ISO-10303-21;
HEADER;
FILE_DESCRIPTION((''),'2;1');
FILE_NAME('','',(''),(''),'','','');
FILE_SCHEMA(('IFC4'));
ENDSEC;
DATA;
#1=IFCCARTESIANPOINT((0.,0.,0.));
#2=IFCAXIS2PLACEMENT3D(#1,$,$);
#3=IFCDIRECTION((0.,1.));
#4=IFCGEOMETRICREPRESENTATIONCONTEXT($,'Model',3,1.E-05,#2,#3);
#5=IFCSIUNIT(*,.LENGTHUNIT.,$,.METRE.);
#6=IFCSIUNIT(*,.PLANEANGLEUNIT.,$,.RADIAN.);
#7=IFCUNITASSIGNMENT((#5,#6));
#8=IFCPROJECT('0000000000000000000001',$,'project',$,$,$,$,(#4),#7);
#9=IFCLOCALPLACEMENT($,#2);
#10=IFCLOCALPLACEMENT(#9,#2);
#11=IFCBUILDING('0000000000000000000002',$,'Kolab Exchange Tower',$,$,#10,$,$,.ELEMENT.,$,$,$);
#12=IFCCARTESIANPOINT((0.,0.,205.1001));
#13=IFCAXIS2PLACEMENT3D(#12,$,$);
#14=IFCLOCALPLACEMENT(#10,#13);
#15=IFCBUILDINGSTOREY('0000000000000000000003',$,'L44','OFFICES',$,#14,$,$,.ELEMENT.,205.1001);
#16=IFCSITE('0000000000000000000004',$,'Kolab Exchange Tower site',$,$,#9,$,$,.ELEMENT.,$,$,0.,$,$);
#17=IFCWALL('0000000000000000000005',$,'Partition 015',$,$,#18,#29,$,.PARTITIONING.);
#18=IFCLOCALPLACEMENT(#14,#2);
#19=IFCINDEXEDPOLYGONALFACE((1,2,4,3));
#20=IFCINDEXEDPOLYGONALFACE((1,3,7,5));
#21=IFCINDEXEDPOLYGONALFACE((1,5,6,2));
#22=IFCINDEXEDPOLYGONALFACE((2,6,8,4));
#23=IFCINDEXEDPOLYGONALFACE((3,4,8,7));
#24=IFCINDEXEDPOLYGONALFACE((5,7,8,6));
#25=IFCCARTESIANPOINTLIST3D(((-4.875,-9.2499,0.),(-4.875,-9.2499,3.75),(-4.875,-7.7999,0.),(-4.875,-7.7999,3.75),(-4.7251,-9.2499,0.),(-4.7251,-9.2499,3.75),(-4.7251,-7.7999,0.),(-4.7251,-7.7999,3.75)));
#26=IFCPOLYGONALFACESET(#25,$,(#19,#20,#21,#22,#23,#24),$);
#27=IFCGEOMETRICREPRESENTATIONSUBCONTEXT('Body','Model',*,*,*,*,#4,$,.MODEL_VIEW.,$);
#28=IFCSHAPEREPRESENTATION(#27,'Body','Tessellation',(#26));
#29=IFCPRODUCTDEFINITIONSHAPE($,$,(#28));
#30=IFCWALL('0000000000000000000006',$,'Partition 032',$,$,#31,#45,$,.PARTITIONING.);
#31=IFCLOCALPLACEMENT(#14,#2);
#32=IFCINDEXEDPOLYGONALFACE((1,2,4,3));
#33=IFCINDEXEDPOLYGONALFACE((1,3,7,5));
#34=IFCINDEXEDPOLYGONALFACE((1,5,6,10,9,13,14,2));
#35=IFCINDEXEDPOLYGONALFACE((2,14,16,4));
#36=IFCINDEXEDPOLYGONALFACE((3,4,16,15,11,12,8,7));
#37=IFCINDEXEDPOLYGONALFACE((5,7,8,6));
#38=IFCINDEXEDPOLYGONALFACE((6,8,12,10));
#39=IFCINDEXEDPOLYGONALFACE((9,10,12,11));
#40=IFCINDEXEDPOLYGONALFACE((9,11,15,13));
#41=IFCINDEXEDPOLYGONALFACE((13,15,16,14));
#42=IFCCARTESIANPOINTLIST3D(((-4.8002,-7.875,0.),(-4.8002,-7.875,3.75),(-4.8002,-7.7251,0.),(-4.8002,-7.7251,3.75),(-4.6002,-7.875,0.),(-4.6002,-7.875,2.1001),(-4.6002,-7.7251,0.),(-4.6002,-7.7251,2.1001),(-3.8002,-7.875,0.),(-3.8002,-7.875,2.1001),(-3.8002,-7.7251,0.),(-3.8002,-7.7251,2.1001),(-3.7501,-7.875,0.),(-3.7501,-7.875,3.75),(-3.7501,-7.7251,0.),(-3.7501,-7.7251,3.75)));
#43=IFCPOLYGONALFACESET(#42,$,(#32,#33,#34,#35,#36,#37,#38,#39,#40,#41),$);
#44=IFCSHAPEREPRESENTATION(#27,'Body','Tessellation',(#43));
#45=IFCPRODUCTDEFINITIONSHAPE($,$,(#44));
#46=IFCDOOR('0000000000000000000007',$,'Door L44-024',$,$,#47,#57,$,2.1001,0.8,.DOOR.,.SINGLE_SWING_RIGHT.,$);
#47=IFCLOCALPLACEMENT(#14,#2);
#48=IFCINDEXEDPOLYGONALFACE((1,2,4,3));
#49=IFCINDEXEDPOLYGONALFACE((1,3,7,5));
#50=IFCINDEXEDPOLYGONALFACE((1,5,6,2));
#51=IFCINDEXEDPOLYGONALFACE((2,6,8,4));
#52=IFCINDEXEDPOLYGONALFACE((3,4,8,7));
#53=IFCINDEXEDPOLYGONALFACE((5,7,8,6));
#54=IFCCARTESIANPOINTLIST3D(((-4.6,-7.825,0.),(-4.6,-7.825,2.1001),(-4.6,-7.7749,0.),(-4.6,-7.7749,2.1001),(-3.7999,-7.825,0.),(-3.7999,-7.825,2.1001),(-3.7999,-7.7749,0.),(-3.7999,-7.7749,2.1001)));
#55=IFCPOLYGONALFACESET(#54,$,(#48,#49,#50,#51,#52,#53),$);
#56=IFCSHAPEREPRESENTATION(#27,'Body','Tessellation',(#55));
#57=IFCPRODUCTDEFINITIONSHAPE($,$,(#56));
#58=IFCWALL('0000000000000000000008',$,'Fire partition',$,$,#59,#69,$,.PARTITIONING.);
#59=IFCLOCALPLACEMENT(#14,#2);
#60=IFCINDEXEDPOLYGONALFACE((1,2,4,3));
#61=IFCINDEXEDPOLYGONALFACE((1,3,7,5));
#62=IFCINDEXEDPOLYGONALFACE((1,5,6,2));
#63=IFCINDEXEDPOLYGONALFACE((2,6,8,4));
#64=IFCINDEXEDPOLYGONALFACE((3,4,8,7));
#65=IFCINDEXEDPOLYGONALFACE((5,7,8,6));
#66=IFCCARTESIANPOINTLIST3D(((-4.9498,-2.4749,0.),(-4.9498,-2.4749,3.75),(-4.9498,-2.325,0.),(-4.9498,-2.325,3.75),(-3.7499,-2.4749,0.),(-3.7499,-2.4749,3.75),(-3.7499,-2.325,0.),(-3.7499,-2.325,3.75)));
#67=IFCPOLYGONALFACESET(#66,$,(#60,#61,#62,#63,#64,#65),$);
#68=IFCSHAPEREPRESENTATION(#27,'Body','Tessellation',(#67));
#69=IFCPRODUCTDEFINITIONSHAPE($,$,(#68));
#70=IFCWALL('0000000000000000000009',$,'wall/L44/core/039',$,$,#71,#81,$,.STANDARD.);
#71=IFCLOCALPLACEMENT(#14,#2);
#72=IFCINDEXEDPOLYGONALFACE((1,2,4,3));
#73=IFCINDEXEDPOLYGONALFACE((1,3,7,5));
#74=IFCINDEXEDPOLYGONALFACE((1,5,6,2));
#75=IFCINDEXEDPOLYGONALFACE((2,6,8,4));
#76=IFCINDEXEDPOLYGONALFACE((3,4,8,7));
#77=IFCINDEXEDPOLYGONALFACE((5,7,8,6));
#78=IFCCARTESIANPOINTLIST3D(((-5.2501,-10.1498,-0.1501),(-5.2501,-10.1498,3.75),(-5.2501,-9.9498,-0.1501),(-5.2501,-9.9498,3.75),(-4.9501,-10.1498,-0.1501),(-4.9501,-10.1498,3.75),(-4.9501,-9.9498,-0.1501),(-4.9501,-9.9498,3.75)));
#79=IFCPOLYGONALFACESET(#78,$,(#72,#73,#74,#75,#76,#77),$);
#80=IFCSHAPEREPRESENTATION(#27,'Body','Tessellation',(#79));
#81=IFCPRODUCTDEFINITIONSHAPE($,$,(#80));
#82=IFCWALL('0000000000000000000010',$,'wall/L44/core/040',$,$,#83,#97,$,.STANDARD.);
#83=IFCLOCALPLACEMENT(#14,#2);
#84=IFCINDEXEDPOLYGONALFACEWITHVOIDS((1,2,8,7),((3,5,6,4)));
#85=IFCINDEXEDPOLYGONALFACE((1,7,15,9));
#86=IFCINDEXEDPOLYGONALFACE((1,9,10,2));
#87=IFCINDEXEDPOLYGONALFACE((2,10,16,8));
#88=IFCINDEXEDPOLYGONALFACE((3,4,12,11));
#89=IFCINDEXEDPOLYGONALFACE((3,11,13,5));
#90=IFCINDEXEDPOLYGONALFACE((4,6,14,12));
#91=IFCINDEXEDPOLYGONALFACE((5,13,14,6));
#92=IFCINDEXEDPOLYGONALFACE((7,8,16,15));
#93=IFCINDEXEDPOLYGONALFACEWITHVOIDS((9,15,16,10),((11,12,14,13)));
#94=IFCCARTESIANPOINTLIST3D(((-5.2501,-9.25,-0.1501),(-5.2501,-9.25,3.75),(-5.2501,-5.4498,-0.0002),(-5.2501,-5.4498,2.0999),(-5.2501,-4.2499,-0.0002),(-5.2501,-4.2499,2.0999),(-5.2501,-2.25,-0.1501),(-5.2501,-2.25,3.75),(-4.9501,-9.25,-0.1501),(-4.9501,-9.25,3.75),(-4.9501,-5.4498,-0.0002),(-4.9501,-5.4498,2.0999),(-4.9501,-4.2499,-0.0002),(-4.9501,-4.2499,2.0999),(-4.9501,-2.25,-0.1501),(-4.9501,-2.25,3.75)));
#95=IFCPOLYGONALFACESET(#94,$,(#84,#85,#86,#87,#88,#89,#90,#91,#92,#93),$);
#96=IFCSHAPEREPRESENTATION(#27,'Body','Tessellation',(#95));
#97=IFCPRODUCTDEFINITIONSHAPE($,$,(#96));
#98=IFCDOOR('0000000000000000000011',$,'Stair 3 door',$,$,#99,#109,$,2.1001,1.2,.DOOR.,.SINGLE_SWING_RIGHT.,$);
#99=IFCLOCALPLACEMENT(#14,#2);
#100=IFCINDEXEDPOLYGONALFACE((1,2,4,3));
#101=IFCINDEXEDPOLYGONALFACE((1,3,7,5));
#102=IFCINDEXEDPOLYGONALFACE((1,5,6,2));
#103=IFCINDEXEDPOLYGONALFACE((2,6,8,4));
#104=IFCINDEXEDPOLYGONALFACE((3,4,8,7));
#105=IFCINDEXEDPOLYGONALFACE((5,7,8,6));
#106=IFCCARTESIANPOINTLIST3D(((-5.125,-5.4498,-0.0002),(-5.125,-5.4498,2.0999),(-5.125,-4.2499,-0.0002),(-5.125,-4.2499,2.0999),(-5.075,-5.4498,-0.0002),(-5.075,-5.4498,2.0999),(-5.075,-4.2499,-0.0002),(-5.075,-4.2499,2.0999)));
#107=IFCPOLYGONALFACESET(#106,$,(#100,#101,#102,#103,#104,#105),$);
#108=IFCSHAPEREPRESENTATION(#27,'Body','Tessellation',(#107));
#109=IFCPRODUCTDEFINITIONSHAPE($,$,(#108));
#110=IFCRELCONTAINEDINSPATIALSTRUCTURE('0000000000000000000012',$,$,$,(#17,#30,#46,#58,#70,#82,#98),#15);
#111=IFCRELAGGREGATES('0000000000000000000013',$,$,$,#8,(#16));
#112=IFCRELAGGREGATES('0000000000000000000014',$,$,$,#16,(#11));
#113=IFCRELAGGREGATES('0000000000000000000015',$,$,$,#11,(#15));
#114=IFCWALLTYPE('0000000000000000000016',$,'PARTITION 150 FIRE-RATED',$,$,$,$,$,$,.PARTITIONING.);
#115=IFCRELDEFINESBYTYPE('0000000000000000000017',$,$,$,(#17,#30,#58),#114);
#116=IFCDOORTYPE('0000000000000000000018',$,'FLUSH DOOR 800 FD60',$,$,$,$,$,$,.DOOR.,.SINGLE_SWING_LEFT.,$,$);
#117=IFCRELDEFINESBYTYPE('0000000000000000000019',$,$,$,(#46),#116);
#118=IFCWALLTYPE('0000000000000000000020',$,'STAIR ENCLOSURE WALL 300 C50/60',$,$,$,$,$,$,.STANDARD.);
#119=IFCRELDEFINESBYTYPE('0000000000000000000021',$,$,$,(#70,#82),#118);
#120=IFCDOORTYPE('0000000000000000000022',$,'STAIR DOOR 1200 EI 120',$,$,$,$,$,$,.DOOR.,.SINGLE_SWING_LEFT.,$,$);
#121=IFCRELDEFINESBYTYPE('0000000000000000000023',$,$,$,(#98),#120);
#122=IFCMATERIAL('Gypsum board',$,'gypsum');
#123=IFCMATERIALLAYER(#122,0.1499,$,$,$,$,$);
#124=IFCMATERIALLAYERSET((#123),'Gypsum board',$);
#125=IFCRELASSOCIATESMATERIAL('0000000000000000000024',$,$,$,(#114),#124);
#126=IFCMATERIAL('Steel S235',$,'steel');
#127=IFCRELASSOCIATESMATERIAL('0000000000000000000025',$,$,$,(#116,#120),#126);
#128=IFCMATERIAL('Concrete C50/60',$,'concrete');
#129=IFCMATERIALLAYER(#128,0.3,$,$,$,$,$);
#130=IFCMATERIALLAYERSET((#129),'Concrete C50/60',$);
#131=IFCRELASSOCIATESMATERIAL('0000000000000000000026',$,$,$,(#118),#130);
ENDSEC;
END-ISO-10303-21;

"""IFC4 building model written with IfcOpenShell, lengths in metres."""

from ifc_helpers import new_model, si_unit, direction, frame, frame_2d, origin, place, context, subcontext, project, spatial, rectangle, extrude, material, layer, layer_set, type_object, element, fill, save


model = new_model("IFC4")

# Units and contexts
model_context = context("Model", 3, precision=1e-05, world=origin(), true_north=direction((0.0, 1.0)))
body_context = subcontext(model_context, "Body", "Model", "MODEL_VIEW")
ifc_project = project(units=[si_unit("LENGTHUNIT", "METRE"), si_unit("PLANEANGLEUNIT", "RADIAN")], contexts=[model_context])

# Site, building, storey
site_placement = place(None, origin())
site = spatial("IfcSite", under=ifc_project, at=site_placement, Name="Kolab Exchange Tower site", CompositionType="ELEMENT", RefElevation=0.0)
building_placement = place(site_placement, origin())
building = spatial("IfcBuilding", under=site, at=building_placement, Name="Kolab Exchange Tower", CompositionType="ELEMENT")
storey_placement = place(building_placement, frame((0.0, 0.0, 205.1001)))
storey = spatial("IfcBuildingStorey", under=building, at=storey_placement, Name="L44", Description="OFFICES", CompositionType="ELEMENT", Elevation=205.1001)

# Shared definitions
ifc_material_1 = material(Name="Concrete C50/60", Category="concrete")

# Wall
ifc_material_2 = material(Name="Gypsum board", Category="gypsum")
ifc_layer_1 = layer(ifc_material_2, 0.1499)
ifc_layer_set_1 = layer_set([ifc_layer_1], Name="Gypsum board")
wall_type_1 = type_object("IfcWallType", Name="PARTITION 150 FIRE-RATED", PredefinedType="PARTITIONING", material=ifc_layer_set_1)
wall_1_placement = place(storey_placement, frame((-4.8, -9.25, 0.0), z_axis=(0.0, 0.0, 1.0), x_axis=(0.0, 1.0, 0.0)))
element("IfcWall", 1, at=wall_1_placement, inside=storey, type_object=wall_type_1, Name="Partition 015", PredefinedType="PARTITIONING", context=body_context, shape_type="SweptSolid", body=[
    extrude(rectangle(XDim=1.45, YDim=0.1499, at=frame_2d((0.7251, 0.0))), origin(), (0.0, 0.0, 1.0), 3.75),
])

# Wall, opening, door
wall_2_placement = place(storey_placement, frame((-4.8, -7.8, 0.0), z_axis=(0.0, 0.0, 1.0), x_axis=(1.0, 0.0, 0.0)))
wall_2 = element("IfcWall", 2, at=wall_2_placement, inside=storey, type_object=wall_type_1, Name="Partition 032", PredefinedType="PARTITIONING", context=body_context, shape_type="SweptSolid", body=[
    extrude(rectangle(XDim=1.05, YDim=0.1499, at=frame_2d((0.5249, 0.0))), origin(), (0.0, 0.0, 1.0), 3.75),
])
opening_1_placement = place(wall_2_placement, frame((0.2, 0.0, 0.0)))
opening_1 = element("IfcOpeningElement", 3, at=opening_1_placement, cuts=wall_2, PredefinedType="OPENING", context=body_context, shape_type="SweptSolid", body=[
    extrude(rectangle(XDim=0.8, YDim=2.1001, at=frame_2d((0.3999, 1.05))), frame((0.0, 0.085, 0.0), z_axis=(0.0, -1.0, 0.0), x_axis=(1.0, 0.0, 0.0)), (0.0, 0.0, 1.0), 0.1699),
])
ifc_material_3 = material(Name="Steel S235", Category="steel")
door_type_1 = type_object("IfcDoorType", Name="FLUSH DOOR 800 FD60", OperationType="SINGLE_SWING_LEFT", PredefinedType="DOOR", material=ifc_material_3)
door_1_placement = place(opening_1_placement, frame((0.8, 0.0, 0.0), z_axis=(0.0, 0.0, 1.0), x_axis=(-1.0, 0.0, 0.0)))
door_1 = element("IfcDoor", 4, at=door_1_placement, inside=storey, type_object=door_type_1, Name="Door L44-024", OperationType="SINGLE_SWING_RIGHT", OverallHeight=2.1001, OverallWidth=0.8, PredefinedType="DOOR", context=body_context, shape_type="SweptSolid", body=[
    extrude(rectangle(XDim=0.8, YDim=2.1001, at=frame_2d((0.3999, 1.05))), frame((0.0, 0.0249, 0.0), z_axis=(0.0, -1.0, 0.0), x_axis=(1.0, 0.0, 0.0)), (0.0, 0.0, 1.0), 0.05),
])
fill(opening_1, door_1)

# Walls
wall_3_placement = place(storey_placement, frame((-4.95, -2.3999, 0.0), z_axis=(0.0, 0.0, 1.0), x_axis=(1.0, 0.0, 0.0)))
element("IfcWall", 5, at=wall_3_placement, inside=storey, type_object=wall_type_1, Name="Fire partition", PredefinedType="PARTITIONING", context=body_context, shape_type="SweptSolid", body=[
    extrude(rectangle(XDim=1.2, YDim=0.1499, at=frame_2d((0.6001, 0.0))), origin(), (0.0, 0.0, 1.0), 3.75),
])
ifc_layer_2 = layer(ifc_material_1, 0.3)
ifc_layer_set_2 = layer_set([ifc_layer_2], Name="Concrete C50/60")
wall_type_2 = type_object("IfcWallType", Name="STAIR ENCLOSURE WALL 300 C50/60", PredefinedType="STANDARD", material=ifc_layer_set_2)
wall_4_placement = place(storey_placement, frame((-5.1001, -10.1499, -0.1501), z_axis=(0.0, 0.0, 1.0), x_axis=(0.0, 1.0, 0.0)))
element("IfcWall", 6, at=wall_4_placement, inside=storey, type_object=wall_type_2, Name="wall/L44/core/039", PredefinedType="STANDARD", context=body_context, shape_type="SweptSolid", body=[
    extrude(rectangle(XDim=0.2, YDim=0.3, at=frame_2d((0.1001, 0.0))), origin(), (0.0, 0.0, 1.0), 3.9001),
])

# Wall, opening, door
wall_5_placement = place(storey_placement, frame((-5.1001, -9.25, -0.1501), z_axis=(0.0, 0.0, 1.0), x_axis=(0.0, 1.0, 0.0)))
wall_5 = element("IfcWall", 7, at=wall_5_placement, inside=storey, type_object=wall_type_2, Name="wall/L44/core/040", PredefinedType="STANDARD", context=body_context, shape_type="SweptSolid", body=[
    extrude(rectangle(XDim=7.0, YDim=0.3, at=frame_2d((3.5, 0.0))), origin(), (0.0, 0.0, 1.0), 3.9001),
])
opening_2_placement = place(wall_5_placement, frame((3.8, 0.0, 0.1499)))
opening_2 = element("IfcOpeningElement", 8, at=opening_2_placement, cuts=wall_5, PredefinedType="OPENING", context=body_context, shape_type="SweptSolid", body=[
    extrude(rectangle(XDim=1.2, YDim=2.1001, at=frame_2d((0.6001, 1.05))), frame((0.0, 0.1602, 0.0), z_axis=(0.0, -1.0, 0.0), x_axis=(1.0, 0.0, 0.0)), (0.0, 0.0, 1.0), 0.3201),
])
door_type_2 = type_object("IfcDoorType", Name="STAIR DOOR 1200 EI 120", OperationType="SINGLE_SWING_LEFT", PredefinedType="DOOR", material=ifc_material_3)
door_2_placement = place(opening_2_placement, origin())
door_2 = element("IfcDoor", 9, at=door_2_placement, inside=storey, type_object=door_type_2, Name="Stair 3 door", OperationType="SINGLE_SWING_RIGHT", OverallHeight=2.1001, OverallWidth=1.2, PredefinedType="DOOR", context=body_context, shape_type="SweptSolid", body=[
    extrude(rectangle(XDim=1.2, YDim=2.1001, at=frame_2d((0.6001, 1.05))), frame((0.0, 0.0249, 0.0), z_axis=(0.0, -1.0, 0.0), x_axis=(1.0, 0.0, 0.0)), (0.0, 0.0, 1.0), 0.05),
])
fill(opening_2, door_2)

save(model, "model.ifc")
